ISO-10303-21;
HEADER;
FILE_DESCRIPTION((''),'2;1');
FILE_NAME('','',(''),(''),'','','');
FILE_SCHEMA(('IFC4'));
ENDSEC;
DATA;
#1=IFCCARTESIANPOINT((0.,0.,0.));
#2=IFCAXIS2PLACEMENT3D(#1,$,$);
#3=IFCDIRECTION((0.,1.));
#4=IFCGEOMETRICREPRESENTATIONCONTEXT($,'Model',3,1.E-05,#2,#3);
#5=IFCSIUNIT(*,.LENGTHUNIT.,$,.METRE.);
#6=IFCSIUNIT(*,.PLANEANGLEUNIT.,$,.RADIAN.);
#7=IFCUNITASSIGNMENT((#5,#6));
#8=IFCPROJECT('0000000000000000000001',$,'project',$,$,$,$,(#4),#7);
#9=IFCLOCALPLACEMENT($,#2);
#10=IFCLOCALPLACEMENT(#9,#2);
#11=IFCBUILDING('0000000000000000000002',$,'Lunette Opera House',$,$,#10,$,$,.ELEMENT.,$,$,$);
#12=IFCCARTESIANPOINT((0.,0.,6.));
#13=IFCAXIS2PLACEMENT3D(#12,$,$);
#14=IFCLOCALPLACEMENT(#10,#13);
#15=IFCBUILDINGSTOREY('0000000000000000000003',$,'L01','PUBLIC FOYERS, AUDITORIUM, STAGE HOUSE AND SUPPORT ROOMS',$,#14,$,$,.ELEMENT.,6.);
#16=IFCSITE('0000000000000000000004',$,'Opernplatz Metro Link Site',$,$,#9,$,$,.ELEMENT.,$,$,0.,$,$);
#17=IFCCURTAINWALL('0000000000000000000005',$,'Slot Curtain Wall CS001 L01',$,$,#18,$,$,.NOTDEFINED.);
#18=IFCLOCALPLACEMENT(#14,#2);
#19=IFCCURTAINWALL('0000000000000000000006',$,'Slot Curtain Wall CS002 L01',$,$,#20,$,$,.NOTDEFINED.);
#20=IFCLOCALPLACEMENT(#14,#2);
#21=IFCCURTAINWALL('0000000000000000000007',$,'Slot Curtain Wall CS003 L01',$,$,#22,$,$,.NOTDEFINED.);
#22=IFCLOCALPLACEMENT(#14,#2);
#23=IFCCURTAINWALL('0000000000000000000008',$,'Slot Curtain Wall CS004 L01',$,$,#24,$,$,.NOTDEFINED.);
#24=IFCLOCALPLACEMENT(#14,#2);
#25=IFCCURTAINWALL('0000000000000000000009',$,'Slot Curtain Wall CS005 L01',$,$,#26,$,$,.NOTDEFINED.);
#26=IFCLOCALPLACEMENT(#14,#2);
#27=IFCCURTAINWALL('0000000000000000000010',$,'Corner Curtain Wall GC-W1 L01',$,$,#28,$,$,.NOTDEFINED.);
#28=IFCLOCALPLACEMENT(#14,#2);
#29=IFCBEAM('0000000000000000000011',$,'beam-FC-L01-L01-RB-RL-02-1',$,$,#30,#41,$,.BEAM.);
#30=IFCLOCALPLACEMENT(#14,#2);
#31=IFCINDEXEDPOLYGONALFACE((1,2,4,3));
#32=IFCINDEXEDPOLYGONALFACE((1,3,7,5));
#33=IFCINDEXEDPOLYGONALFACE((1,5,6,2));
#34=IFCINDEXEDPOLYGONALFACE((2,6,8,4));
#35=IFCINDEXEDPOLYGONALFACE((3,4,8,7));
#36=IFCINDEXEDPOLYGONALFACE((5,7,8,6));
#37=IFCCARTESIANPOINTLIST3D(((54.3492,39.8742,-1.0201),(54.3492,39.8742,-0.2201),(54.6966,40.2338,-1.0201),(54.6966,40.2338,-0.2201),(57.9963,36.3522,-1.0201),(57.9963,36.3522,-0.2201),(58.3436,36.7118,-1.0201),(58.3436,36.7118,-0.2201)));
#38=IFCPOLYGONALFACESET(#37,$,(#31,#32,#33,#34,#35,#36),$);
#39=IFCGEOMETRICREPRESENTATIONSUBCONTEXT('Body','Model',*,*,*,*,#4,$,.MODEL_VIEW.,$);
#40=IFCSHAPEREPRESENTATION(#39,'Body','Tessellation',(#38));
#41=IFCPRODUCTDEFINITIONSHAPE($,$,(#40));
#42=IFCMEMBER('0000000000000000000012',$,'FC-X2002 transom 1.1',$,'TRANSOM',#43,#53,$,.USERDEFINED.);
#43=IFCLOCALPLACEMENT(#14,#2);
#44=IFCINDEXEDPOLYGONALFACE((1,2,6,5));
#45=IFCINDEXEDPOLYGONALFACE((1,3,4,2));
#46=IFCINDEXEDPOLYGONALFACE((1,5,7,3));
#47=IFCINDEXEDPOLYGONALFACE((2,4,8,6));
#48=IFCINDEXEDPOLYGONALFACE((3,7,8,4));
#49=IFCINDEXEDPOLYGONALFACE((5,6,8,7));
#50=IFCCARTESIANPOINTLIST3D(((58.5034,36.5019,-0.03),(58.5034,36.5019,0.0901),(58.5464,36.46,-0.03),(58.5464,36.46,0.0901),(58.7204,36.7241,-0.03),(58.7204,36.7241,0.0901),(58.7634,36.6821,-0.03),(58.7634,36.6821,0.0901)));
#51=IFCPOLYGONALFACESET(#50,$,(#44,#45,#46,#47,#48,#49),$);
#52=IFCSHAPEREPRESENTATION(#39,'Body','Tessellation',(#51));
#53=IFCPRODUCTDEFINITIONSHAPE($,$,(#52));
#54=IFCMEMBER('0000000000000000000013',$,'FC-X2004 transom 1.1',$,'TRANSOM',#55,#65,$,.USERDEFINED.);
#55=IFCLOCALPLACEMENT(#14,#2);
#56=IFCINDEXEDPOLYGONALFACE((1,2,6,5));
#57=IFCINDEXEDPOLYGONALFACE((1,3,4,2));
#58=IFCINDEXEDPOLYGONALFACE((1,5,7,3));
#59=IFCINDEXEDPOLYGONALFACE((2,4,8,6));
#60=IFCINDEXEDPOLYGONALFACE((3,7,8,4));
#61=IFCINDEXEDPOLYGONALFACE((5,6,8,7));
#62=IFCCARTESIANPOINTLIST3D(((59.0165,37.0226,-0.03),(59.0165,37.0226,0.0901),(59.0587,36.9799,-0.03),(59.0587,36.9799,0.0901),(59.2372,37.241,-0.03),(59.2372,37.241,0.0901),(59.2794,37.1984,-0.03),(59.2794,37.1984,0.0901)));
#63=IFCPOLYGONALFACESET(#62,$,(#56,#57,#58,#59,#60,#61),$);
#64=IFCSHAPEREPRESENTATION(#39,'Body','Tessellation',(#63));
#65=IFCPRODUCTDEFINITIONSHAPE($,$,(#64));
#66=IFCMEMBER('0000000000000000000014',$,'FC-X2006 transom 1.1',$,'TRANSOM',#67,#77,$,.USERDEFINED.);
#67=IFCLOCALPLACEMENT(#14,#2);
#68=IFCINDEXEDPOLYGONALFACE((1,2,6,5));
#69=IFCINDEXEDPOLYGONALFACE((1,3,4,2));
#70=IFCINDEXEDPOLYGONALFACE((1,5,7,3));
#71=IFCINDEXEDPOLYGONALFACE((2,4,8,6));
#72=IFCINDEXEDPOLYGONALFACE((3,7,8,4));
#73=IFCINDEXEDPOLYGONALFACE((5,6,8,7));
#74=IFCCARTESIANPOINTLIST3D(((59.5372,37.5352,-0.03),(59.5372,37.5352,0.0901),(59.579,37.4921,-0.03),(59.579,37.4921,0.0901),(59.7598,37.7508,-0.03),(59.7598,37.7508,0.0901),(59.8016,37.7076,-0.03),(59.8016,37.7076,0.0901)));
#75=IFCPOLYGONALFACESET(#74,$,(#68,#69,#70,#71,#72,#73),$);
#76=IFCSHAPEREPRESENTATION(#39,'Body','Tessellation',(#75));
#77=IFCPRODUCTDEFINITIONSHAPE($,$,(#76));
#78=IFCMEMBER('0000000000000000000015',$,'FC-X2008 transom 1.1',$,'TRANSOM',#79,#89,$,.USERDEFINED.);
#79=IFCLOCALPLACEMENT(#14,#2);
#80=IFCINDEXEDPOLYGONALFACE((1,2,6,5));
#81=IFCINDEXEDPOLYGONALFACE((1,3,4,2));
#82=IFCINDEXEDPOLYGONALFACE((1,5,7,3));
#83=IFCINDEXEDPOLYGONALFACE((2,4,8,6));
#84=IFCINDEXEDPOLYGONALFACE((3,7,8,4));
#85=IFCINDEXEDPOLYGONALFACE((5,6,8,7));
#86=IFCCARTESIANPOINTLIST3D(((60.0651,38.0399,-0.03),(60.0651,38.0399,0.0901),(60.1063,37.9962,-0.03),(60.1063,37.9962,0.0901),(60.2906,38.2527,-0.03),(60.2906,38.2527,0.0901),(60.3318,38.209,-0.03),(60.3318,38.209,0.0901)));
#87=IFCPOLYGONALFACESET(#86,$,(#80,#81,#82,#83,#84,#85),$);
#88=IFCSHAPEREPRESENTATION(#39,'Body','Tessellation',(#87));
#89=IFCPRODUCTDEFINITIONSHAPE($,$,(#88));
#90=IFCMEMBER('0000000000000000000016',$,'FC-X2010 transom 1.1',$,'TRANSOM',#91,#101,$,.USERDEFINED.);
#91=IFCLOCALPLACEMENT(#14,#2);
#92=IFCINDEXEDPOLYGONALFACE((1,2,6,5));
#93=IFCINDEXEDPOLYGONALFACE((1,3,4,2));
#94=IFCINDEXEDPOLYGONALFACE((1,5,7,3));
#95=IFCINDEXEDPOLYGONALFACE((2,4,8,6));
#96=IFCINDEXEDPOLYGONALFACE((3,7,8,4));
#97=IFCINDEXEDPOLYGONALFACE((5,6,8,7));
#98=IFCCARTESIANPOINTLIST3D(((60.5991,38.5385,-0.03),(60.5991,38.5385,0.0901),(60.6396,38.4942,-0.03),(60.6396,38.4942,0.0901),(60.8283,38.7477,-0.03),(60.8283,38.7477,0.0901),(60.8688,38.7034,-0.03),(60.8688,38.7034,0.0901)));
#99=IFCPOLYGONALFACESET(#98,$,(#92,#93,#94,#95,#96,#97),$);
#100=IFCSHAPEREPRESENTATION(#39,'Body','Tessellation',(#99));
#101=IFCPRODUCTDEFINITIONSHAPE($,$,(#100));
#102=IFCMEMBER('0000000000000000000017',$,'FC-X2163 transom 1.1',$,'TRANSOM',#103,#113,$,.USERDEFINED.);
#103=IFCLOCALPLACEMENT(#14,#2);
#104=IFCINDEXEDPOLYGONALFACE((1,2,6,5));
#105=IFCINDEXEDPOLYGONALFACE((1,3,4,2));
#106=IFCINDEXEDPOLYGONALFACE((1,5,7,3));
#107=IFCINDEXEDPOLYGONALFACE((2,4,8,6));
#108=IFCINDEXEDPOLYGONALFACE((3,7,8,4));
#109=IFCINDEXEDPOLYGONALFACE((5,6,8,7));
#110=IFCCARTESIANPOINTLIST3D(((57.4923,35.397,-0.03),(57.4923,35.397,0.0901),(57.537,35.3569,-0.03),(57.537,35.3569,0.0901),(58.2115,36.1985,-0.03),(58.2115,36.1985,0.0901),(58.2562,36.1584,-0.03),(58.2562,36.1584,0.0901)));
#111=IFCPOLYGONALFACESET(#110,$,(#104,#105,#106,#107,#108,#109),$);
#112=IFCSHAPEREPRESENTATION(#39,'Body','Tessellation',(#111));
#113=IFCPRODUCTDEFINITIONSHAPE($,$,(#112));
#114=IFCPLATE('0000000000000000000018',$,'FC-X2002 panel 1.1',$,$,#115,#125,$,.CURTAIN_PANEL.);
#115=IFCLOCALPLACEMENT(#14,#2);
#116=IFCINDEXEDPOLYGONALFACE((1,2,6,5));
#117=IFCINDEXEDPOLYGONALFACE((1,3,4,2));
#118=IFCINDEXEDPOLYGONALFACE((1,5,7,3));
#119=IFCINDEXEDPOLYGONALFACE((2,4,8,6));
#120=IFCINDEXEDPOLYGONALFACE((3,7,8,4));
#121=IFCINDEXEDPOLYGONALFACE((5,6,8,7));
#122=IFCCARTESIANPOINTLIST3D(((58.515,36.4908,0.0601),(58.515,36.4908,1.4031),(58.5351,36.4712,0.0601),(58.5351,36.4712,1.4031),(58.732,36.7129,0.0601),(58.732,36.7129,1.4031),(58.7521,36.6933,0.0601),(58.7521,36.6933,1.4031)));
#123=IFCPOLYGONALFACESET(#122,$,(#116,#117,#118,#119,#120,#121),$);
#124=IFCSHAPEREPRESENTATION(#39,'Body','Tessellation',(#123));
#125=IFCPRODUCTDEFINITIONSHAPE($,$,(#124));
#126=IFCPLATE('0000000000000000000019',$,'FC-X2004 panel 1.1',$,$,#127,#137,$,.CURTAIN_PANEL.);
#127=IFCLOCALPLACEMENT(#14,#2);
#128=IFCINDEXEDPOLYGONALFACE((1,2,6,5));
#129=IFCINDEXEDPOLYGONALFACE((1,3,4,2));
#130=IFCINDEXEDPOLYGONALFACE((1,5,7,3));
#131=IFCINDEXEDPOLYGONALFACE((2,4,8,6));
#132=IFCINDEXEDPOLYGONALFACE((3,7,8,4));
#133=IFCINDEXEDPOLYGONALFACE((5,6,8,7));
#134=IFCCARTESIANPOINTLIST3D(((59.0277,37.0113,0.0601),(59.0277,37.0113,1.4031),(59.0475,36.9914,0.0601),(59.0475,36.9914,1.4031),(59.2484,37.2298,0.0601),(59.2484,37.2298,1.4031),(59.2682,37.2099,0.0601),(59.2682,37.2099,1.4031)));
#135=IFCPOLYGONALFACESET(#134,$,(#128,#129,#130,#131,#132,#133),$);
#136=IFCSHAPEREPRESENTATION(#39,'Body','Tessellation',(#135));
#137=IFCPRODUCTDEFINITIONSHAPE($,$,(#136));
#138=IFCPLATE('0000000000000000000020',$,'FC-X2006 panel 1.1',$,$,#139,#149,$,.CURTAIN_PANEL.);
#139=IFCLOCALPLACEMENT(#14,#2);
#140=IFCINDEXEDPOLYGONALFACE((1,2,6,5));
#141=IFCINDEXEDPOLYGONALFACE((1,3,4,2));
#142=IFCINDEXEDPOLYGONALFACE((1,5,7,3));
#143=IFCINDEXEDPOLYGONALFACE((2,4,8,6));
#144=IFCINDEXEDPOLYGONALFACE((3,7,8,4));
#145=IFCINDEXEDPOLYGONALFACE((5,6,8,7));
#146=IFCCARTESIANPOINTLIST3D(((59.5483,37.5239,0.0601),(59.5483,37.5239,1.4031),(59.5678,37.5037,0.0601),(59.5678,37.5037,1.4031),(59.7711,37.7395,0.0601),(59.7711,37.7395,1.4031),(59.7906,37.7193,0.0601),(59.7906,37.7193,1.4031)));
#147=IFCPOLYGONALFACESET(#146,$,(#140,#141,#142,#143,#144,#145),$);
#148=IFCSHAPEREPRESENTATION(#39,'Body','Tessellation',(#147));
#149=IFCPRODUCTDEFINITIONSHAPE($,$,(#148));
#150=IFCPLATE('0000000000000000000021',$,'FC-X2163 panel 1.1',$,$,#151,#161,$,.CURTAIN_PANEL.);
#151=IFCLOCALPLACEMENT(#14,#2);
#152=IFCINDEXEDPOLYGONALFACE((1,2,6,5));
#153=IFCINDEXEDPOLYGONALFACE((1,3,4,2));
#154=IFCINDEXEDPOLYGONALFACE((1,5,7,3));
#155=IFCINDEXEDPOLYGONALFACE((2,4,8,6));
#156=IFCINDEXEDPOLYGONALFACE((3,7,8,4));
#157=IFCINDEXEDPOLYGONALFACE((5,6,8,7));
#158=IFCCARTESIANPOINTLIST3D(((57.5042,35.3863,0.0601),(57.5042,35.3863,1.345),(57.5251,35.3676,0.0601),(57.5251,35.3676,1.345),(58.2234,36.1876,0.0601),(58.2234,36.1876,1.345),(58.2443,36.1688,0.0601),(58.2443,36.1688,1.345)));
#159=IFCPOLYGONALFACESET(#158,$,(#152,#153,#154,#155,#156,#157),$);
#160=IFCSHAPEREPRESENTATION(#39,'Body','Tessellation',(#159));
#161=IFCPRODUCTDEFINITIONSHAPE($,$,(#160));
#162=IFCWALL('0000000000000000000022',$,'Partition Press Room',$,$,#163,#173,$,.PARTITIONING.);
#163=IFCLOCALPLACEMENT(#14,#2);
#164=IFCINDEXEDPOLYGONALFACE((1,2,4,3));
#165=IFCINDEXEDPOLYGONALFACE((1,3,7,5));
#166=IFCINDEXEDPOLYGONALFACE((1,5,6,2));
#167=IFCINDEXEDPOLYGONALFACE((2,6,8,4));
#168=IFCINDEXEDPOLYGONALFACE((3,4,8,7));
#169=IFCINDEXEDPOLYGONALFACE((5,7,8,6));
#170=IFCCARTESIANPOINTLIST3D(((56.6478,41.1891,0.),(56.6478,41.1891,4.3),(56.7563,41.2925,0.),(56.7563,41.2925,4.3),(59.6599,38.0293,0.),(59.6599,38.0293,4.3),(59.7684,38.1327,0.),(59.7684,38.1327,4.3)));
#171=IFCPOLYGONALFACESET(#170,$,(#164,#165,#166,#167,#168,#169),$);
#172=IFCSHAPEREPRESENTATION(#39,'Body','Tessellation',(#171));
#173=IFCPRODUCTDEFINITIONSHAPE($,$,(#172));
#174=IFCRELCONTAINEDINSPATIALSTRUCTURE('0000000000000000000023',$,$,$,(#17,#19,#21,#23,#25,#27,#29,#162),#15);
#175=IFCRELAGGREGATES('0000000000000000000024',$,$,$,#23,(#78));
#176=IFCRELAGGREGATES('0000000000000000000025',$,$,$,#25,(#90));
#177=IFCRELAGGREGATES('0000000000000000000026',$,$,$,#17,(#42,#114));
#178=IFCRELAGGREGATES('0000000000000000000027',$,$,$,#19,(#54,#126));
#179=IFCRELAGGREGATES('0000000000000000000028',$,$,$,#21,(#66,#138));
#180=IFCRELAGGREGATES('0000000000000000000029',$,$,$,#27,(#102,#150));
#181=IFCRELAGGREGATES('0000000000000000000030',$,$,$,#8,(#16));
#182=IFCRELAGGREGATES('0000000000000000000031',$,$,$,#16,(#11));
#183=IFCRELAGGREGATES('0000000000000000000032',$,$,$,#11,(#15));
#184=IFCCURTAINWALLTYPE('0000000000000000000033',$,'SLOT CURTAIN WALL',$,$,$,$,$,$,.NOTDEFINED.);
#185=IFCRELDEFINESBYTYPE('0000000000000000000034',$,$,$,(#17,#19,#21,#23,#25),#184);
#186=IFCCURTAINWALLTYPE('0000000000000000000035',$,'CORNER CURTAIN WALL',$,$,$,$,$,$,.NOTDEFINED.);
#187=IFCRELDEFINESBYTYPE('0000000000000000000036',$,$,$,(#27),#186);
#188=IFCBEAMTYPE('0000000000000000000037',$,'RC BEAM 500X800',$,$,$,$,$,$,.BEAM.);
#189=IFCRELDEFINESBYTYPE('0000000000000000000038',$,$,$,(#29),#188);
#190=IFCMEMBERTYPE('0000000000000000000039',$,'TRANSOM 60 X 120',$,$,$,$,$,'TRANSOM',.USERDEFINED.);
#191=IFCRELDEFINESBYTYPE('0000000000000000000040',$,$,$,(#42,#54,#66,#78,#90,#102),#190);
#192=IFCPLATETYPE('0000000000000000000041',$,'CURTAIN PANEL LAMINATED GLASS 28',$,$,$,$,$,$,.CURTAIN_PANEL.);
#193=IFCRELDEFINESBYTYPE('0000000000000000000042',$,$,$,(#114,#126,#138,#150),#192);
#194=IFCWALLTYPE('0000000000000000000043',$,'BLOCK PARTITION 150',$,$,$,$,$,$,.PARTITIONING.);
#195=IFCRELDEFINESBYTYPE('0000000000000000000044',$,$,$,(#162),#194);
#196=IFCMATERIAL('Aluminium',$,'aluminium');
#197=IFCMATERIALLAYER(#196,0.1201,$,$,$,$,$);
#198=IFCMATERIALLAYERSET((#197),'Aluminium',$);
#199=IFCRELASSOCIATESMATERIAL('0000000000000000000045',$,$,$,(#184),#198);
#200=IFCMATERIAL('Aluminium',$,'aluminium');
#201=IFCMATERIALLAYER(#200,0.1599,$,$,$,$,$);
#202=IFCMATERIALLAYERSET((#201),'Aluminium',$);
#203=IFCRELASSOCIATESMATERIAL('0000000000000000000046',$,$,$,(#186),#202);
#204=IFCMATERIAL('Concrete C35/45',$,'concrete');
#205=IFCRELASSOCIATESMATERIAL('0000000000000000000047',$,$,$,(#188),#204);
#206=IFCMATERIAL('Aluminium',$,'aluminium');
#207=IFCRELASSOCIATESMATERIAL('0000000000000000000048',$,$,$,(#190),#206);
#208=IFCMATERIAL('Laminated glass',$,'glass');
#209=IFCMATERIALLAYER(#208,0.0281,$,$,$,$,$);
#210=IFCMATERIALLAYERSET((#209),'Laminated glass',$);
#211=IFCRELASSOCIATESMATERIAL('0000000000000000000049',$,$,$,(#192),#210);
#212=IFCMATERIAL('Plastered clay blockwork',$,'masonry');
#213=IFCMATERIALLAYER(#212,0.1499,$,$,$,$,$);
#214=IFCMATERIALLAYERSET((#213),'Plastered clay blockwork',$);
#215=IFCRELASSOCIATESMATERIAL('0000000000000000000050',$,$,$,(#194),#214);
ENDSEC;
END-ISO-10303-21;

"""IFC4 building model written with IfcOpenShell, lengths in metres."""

from ifc_helpers import new_model, si_unit, direction, frame, frame_2d, origin, origin_2d, place, context, subcontext, project, spatial, rectangle, extrude, material, layer, layer_set, material_profile, profile_set, type_object, element, aggregate, save


model = new_model("IFC4")

# Units and contexts
model_context = context("Model", 3, precision=1e-05, world=origin(), true_north=direction((0.0, 1.0)))
body_context = subcontext(model_context, "Body", "Model", "MODEL_VIEW")
ifc_project = project(units=[si_unit("LENGTHUNIT", "METRE"), si_unit("PLANEANGLEUNIT", "RADIAN")], contexts=[model_context])

# Site, building, storey
site_placement = place(None, origin())
site = spatial("IfcSite", under=ifc_project, at=site_placement, Name="Opernplatz Metro Link Site", CompositionType="ELEMENT", RefElevation=0.0)
building_placement = place(site_placement, origin())
building = spatial("IfcBuilding", under=site, at=building_placement, Name="Lunette Opera House", CompositionType="ELEMENT")
storey_placement = place(building_placement, frame((0.0, 0.0, 6.0)))
storey = spatial("IfcBuildingStorey", under=building, at=storey_placement, Name="L01", Description="PUBLIC FOYERS, AUDITORIUM, STAGE HOUSE AND SUPPORT ROOMS", CompositionType="ELEMENT", Elevation=6.0)

# Curtain walls
ifc_material_1 = material(Name="Aluminium", Category="aluminium")
ifc_layer_1 = layer(ifc_material_1, 0.1201)
ifc_layer_set_1 = layer_set([ifc_layer_1], Name="Aluminium")
curtain_wall_type_1 = type_object("IfcCurtainWallType", Name="SLOT CURTAIN WALL", PredefinedType="NOTDEFINED", material=ifc_layer_set_1)
curtain_wall_1_placement = place(storey_placement, origin())
curtain_wall_1 = element("IfcCurtainWall", 1, at=curtain_wall_1_placement, inside=storey, type_object=curtain_wall_type_1, Name="Slot Curtain Wall CS001 L01", PredefinedType="NOTDEFINED")
curtain_wall_2_placement = place(storey_placement, origin())
curtain_wall_2 = element("IfcCurtainWall", 2, at=curtain_wall_2_placement, inside=storey, type_object=curtain_wall_type_1, Name="Slot Curtain Wall CS002 L01", PredefinedType="NOTDEFINED")
curtain_wall_3_placement = place(storey_placement, origin())
curtain_wall_3 = element("IfcCurtainWall", 3, at=curtain_wall_3_placement, inside=storey, type_object=curtain_wall_type_1, Name="Slot Curtain Wall CS003 L01", PredefinedType="NOTDEFINED")
curtain_wall_4_placement = place(storey_placement, origin())
curtain_wall_4 = element("IfcCurtainWall", 4, at=curtain_wall_4_placement, inside=storey, type_object=curtain_wall_type_1, Name="Slot Curtain Wall CS004 L01", PredefinedType="NOTDEFINED")

# Curtain wall
curtain_wall_5_placement = place(storey_placement, origin())
curtain_wall_5 = element("IfcCurtainWall", 5, at=curtain_wall_5_placement, inside=storey, type_object=curtain_wall_type_1, Name="Slot Curtain Wall CS005 L01", PredefinedType="NOTDEFINED")

# Curtain wall
ifc_material_2 = material(Name="Aluminium", Category="aluminium")
ifc_layer_2 = layer(ifc_material_2, 0.1599)
ifc_layer_set_2 = layer_set([ifc_layer_2], Name="Aluminium")
curtain_wall_type_2 = type_object("IfcCurtainWallType", Name="CORNER CURTAIN WALL", PredefinedType="NOTDEFINED", material=ifc_layer_set_2)
curtain_wall_6_placement = place(storey_placement, origin())
curtain_wall_6 = element("IfcCurtainWall", 6, at=curtain_wall_6_placement, inside=storey, type_object=curtain_wall_type_2, Name="Corner Curtain Wall GC-W1 L01", PredefinedType="NOTDEFINED")

# Beam
ifc_material_3 = material(Name="Concrete C35/45", Category="concrete")
ifc_material_profile_1 = material_profile(ifc_material_3, rectangle(XDim=0.5, YDim=0.8, at=origin_2d()), Name="RC BEAM 500X800")
ifc_profile_set_1 = profile_set([ifc_material_profile_1], Name="Concrete C35/45")
beam_type = type_object("IfcBeamType", Name="RC BEAM 500X800", PredefinedType="BEAM", material=ifc_profile_set_1)
beam_placement = place(storey_placement, frame((58.1699, 36.532, -0.6201), z_axis=(-0.719327, 0.694672, 0.0), x_axis=(-0.694672, -0.719327, 0.0)))
element("IfcBeam", 7, at=beam_placement, inside=storey, type_object=beam_type, Name="beam-FC-L01-L01-RB-RL-02-1", PredefinedType="BEAM", context=body_context, shape_type="SweptSolid", body=[
    extrude(rectangle(XDim=0.5, YDim=0.8, at=origin_2d()), origin(), (0.0, 0.0, 1.0), 5.0701),
])

# Members
ifc_material_4 = material(Name="Aluminium", Category="aluminium")
ifc_material_profile_2 = material_profile(ifc_material_4, rectangle(XDim=0.0601, YDim=0.1201, at=origin_2d()), Name="TRANSOM 60 X 120")
ifc_profile_set_2 = profile_set([ifc_material_profile_2], Name="Aluminium")
member_type_1 = type_object("IfcMemberType", Name="TRANSOM 60 X 120", ElementType="TRANSOM", PredefinedType="USERDEFINED", material=ifc_profile_set_2)
member_1_placement = place(storey_placement, frame((58.5249, 36.481, 0.03), z_axis=(0.698805, 0.715312, 0.0), x_axis=(-0.715312, 0.698805, 0.0)))
member_1 = element("IfcMember", 8, at=member_1_placement, type_object=member_type_1, Name="FC-X2002 transom 1.1", ObjectType="TRANSOM", PredefinedType="USERDEFINED", context=body_context, shape_type="SweptSolid", body=[
    extrude(rectangle(XDim=0.0601, YDim=0.1201, at=origin_2d()), origin(), (0.0, 0.0, 1.0), 0.3105),
])
member_2_placement = place(storey_placement, frame((59.0376, 37.0012, 0.03), z_axis=(0.710635, 0.70356, 0.0), x_axis=(-0.70356, 0.710635, 0.0)))
member_2 = element("IfcMember", 9, at=member_2_placement, type_object=member_type_1, Name="FC-X2004 transom 1.1", ObjectType="TRANSOM", PredefinedType="USERDEFINED", context=body_context, shape_type="SweptSolid", body=[
    extrude(rectangle(XDim=0.0601, YDim=0.1201, at=origin_2d()), origin(), (0.0, 0.0, 1.0), 0.3105),
])
member_3_placement = place(storey_placement, frame((59.5581, 37.5137, 0.03), z_axis=(0.718437, 0.695592, 0.0), x_axis=(-0.695592, 0.718437, 0.0)))
member_3 = element("IfcMember", 10, at=member_3_placement, type_object=member_type_1, Name="FC-X2006 transom 1.1", ObjectType="TRANSOM", PredefinedType="USERDEFINED", context=body_context, shape_type="SweptSolid", body=[
    extrude(rectangle(XDim=0.0601, YDim=0.1201, at=origin_2d()), origin(), (0.0, 0.0, 1.0), 0.3098),
])
member_4_placement = place(storey_placement, frame((60.0857, 38.0181, 0.03), z_axis=(0.727275, 0.686346, 0.0), x_axis=(-0.686346, 0.727275, 0.0)))
member_4 = element("IfcMember", 11, at=member_4_placement, type_object=member_type_1, Name="FC-X2008 transom 1.1", ObjectType="TRANSOM", PredefinedType="USERDEFINED", context=body_context, shape_type="SweptSolid", body=[
    extrude(rectangle(XDim=0.0601, YDim=0.1201, at=origin_2d()), origin(), (0.0, 0.0, 1.0), 0.3101),
])
aggregate(curtain_wall_4, [member_4])
member_5_placement = place(storey_placement, frame((60.6194, 38.5164, 0.03), z_axis=(0.738622, 0.67412, 0.0), x_axis=(-0.67412, 0.738622, 0.0)))
member_5 = element("IfcMember", 12, at=member_5_placement, type_object=member_type_1, Name="FC-X2010 transom 1.1", ObjectType="TRANSOM", PredefinedType="USERDEFINED", context=body_context, shape_type="SweptSolid", body=[
    extrude(rectangle(XDim=0.0601, YDim=0.1201, at=origin_2d()), origin(), (0.0, 0.0, 1.0), 0.3103),
])
aggregate(curtain_wall_5, [member_5])
member_6_placement = place(storey_placement, frame((58.2339, 36.1785, 0.03), z_axis=(-0.667874, -0.744274, 0.0), x_axis=(0.744274, -0.667874, 0.0)))
member_6 = element("IfcMember", 13, at=member_6_placement, type_object=member_type_1, Name="FC-X2163 transom 1.1", ObjectType="TRANSOM", PredefinedType="USERDEFINED", context=body_context, shape_type="SweptSolid", body=[
    extrude(rectangle(XDim=0.0601, YDim=0.1201, at=origin_2d()), origin(), (0.0, 0.0, 1.0), 1.0769),
])

# Plates
ifc_material_5 = material(Name="Laminated glass", Category="glass")
ifc_layer_3 = layer(ifc_material_5, 0.0281)
ifc_layer_set_3 = layer_set([ifc_layer_3], Name="Laminated glass")
plate_type = type_object("IfcPlateType", Name="CURTAIN PANEL LAMINATED GLASS 28", PredefinedType="CURTAIN_PANEL", material=ifc_layer_set_3)
plate_1_placement = place(storey_placement, frame((58.6335, 36.592, 0.0601), z_axis=(0.0, 0.0, 1.0), x_axis=(0.698933, 0.715187, 0.0)))
plate_1 = element("IfcPlate", 14, at=plate_1_placement, type_object=plate_type, Name="FC-X2002 panel 1.1", PredefinedType="CURTAIN_PANEL", context=body_context, shape_type="SweptSolid", body=[
    extrude(rectangle(XDim=0.3105, YDim=0.0281, at=origin_2d()), origin(), (0.0, 0.0, 1.0), 1.343),
])
aggregate(curtain_wall_1, [member_1, plate_1])
plate_2_placement = place(storey_placement, frame((59.1479, 37.1106, 0.0601), z_axis=(0.0, 0.0, 1.0), x_axis=(0.710581, 0.703615, 0.0)))
plate_2 = element("IfcPlate", 15, at=plate_2_placement, type_object=plate_type, Name="FC-X2004 panel 1.1", PredefinedType="CURTAIN_PANEL", context=body_context, shape_type="SweptSolid", body=[
    extrude(rectangle(XDim=0.3105, YDim=0.0281, at=origin_2d()), origin(), (0.0, 0.0, 1.0), 1.343),
])
aggregate(curtain_wall_2, [member_2, plate_2])
plate_3_placement = place(storey_placement, frame((59.6694, 37.6216, 0.0601), z_axis=(0.0, 0.0, 1.0), x_axis=(0.71864, 0.695383, 0.0)))
plate_3 = element("IfcPlate", 16, at=plate_3_placement, type_object=plate_type, Name="FC-X2006 panel 1.1", PredefinedType="CURTAIN_PANEL", context=body_context, shape_type="SweptSolid", body=[
    extrude(rectangle(XDim=0.3101, YDim=0.0281, at=origin_2d()), origin(), (0.0, 0.0, 1.0), 1.343),
])
aggregate(curtain_wall_3, [member_3, plate_3])
plate_4_placement = place(storey_placement, frame((57.8743, 35.7776, 0.0601), z_axis=(0.0, 0.0, 1.0), x_axis=(-0.667938, -0.744217, 0.0)))
plate_4 = element("IfcPlate", 17, at=plate_4_placement, type_object=plate_type, Name="FC-X2163 panel 1.1", PredefinedType="CURTAIN_PANEL", context=body_context, shape_type="SweptSolid", body=[
    extrude(rectangle(XDim=1.0767, YDim=0.0281, at=origin_2d()), origin(), (0.0, 0.0, 1.0), 1.2849),
])
aggregate(curtain_wall_6, [member_6, plate_4])

# Wall
ifc_material_6 = material(Name="Plastered clay blockwork", Category="masonry")
ifc_layer_4 = layer(ifc_material_6, 0.1499)
ifc_layer_set_4 = layer_set([ifc_layer_4], Name="Plastered clay blockwork")
wall_type = type_object("IfcWallType", Name="BLOCK PARTITION 150", PredefinedType="PARTITIONING", material=ifc_layer_set_4)
wall_placement = place(storey_placement, frame((59.7141, 38.0811, 0.0), z_axis=(0.0, 0.0, 1.0), x_axis=(-0.689987, 0.723821, 0.0)))
element("IfcWall", 18, at=wall_placement, inside=storey, type_object=wall_type, Name="Partition Press Room", PredefinedType="PARTITIONING", context=body_context, shape_type="SweptSolid", body=[
    extrude(rectangle(XDim=4.3655, YDim=0.1499, at=frame_2d((2.1826, 0.0))), origin(), (0.0, 0.0, 1.0), 4.3),
])

save(model, "model.ifc")
